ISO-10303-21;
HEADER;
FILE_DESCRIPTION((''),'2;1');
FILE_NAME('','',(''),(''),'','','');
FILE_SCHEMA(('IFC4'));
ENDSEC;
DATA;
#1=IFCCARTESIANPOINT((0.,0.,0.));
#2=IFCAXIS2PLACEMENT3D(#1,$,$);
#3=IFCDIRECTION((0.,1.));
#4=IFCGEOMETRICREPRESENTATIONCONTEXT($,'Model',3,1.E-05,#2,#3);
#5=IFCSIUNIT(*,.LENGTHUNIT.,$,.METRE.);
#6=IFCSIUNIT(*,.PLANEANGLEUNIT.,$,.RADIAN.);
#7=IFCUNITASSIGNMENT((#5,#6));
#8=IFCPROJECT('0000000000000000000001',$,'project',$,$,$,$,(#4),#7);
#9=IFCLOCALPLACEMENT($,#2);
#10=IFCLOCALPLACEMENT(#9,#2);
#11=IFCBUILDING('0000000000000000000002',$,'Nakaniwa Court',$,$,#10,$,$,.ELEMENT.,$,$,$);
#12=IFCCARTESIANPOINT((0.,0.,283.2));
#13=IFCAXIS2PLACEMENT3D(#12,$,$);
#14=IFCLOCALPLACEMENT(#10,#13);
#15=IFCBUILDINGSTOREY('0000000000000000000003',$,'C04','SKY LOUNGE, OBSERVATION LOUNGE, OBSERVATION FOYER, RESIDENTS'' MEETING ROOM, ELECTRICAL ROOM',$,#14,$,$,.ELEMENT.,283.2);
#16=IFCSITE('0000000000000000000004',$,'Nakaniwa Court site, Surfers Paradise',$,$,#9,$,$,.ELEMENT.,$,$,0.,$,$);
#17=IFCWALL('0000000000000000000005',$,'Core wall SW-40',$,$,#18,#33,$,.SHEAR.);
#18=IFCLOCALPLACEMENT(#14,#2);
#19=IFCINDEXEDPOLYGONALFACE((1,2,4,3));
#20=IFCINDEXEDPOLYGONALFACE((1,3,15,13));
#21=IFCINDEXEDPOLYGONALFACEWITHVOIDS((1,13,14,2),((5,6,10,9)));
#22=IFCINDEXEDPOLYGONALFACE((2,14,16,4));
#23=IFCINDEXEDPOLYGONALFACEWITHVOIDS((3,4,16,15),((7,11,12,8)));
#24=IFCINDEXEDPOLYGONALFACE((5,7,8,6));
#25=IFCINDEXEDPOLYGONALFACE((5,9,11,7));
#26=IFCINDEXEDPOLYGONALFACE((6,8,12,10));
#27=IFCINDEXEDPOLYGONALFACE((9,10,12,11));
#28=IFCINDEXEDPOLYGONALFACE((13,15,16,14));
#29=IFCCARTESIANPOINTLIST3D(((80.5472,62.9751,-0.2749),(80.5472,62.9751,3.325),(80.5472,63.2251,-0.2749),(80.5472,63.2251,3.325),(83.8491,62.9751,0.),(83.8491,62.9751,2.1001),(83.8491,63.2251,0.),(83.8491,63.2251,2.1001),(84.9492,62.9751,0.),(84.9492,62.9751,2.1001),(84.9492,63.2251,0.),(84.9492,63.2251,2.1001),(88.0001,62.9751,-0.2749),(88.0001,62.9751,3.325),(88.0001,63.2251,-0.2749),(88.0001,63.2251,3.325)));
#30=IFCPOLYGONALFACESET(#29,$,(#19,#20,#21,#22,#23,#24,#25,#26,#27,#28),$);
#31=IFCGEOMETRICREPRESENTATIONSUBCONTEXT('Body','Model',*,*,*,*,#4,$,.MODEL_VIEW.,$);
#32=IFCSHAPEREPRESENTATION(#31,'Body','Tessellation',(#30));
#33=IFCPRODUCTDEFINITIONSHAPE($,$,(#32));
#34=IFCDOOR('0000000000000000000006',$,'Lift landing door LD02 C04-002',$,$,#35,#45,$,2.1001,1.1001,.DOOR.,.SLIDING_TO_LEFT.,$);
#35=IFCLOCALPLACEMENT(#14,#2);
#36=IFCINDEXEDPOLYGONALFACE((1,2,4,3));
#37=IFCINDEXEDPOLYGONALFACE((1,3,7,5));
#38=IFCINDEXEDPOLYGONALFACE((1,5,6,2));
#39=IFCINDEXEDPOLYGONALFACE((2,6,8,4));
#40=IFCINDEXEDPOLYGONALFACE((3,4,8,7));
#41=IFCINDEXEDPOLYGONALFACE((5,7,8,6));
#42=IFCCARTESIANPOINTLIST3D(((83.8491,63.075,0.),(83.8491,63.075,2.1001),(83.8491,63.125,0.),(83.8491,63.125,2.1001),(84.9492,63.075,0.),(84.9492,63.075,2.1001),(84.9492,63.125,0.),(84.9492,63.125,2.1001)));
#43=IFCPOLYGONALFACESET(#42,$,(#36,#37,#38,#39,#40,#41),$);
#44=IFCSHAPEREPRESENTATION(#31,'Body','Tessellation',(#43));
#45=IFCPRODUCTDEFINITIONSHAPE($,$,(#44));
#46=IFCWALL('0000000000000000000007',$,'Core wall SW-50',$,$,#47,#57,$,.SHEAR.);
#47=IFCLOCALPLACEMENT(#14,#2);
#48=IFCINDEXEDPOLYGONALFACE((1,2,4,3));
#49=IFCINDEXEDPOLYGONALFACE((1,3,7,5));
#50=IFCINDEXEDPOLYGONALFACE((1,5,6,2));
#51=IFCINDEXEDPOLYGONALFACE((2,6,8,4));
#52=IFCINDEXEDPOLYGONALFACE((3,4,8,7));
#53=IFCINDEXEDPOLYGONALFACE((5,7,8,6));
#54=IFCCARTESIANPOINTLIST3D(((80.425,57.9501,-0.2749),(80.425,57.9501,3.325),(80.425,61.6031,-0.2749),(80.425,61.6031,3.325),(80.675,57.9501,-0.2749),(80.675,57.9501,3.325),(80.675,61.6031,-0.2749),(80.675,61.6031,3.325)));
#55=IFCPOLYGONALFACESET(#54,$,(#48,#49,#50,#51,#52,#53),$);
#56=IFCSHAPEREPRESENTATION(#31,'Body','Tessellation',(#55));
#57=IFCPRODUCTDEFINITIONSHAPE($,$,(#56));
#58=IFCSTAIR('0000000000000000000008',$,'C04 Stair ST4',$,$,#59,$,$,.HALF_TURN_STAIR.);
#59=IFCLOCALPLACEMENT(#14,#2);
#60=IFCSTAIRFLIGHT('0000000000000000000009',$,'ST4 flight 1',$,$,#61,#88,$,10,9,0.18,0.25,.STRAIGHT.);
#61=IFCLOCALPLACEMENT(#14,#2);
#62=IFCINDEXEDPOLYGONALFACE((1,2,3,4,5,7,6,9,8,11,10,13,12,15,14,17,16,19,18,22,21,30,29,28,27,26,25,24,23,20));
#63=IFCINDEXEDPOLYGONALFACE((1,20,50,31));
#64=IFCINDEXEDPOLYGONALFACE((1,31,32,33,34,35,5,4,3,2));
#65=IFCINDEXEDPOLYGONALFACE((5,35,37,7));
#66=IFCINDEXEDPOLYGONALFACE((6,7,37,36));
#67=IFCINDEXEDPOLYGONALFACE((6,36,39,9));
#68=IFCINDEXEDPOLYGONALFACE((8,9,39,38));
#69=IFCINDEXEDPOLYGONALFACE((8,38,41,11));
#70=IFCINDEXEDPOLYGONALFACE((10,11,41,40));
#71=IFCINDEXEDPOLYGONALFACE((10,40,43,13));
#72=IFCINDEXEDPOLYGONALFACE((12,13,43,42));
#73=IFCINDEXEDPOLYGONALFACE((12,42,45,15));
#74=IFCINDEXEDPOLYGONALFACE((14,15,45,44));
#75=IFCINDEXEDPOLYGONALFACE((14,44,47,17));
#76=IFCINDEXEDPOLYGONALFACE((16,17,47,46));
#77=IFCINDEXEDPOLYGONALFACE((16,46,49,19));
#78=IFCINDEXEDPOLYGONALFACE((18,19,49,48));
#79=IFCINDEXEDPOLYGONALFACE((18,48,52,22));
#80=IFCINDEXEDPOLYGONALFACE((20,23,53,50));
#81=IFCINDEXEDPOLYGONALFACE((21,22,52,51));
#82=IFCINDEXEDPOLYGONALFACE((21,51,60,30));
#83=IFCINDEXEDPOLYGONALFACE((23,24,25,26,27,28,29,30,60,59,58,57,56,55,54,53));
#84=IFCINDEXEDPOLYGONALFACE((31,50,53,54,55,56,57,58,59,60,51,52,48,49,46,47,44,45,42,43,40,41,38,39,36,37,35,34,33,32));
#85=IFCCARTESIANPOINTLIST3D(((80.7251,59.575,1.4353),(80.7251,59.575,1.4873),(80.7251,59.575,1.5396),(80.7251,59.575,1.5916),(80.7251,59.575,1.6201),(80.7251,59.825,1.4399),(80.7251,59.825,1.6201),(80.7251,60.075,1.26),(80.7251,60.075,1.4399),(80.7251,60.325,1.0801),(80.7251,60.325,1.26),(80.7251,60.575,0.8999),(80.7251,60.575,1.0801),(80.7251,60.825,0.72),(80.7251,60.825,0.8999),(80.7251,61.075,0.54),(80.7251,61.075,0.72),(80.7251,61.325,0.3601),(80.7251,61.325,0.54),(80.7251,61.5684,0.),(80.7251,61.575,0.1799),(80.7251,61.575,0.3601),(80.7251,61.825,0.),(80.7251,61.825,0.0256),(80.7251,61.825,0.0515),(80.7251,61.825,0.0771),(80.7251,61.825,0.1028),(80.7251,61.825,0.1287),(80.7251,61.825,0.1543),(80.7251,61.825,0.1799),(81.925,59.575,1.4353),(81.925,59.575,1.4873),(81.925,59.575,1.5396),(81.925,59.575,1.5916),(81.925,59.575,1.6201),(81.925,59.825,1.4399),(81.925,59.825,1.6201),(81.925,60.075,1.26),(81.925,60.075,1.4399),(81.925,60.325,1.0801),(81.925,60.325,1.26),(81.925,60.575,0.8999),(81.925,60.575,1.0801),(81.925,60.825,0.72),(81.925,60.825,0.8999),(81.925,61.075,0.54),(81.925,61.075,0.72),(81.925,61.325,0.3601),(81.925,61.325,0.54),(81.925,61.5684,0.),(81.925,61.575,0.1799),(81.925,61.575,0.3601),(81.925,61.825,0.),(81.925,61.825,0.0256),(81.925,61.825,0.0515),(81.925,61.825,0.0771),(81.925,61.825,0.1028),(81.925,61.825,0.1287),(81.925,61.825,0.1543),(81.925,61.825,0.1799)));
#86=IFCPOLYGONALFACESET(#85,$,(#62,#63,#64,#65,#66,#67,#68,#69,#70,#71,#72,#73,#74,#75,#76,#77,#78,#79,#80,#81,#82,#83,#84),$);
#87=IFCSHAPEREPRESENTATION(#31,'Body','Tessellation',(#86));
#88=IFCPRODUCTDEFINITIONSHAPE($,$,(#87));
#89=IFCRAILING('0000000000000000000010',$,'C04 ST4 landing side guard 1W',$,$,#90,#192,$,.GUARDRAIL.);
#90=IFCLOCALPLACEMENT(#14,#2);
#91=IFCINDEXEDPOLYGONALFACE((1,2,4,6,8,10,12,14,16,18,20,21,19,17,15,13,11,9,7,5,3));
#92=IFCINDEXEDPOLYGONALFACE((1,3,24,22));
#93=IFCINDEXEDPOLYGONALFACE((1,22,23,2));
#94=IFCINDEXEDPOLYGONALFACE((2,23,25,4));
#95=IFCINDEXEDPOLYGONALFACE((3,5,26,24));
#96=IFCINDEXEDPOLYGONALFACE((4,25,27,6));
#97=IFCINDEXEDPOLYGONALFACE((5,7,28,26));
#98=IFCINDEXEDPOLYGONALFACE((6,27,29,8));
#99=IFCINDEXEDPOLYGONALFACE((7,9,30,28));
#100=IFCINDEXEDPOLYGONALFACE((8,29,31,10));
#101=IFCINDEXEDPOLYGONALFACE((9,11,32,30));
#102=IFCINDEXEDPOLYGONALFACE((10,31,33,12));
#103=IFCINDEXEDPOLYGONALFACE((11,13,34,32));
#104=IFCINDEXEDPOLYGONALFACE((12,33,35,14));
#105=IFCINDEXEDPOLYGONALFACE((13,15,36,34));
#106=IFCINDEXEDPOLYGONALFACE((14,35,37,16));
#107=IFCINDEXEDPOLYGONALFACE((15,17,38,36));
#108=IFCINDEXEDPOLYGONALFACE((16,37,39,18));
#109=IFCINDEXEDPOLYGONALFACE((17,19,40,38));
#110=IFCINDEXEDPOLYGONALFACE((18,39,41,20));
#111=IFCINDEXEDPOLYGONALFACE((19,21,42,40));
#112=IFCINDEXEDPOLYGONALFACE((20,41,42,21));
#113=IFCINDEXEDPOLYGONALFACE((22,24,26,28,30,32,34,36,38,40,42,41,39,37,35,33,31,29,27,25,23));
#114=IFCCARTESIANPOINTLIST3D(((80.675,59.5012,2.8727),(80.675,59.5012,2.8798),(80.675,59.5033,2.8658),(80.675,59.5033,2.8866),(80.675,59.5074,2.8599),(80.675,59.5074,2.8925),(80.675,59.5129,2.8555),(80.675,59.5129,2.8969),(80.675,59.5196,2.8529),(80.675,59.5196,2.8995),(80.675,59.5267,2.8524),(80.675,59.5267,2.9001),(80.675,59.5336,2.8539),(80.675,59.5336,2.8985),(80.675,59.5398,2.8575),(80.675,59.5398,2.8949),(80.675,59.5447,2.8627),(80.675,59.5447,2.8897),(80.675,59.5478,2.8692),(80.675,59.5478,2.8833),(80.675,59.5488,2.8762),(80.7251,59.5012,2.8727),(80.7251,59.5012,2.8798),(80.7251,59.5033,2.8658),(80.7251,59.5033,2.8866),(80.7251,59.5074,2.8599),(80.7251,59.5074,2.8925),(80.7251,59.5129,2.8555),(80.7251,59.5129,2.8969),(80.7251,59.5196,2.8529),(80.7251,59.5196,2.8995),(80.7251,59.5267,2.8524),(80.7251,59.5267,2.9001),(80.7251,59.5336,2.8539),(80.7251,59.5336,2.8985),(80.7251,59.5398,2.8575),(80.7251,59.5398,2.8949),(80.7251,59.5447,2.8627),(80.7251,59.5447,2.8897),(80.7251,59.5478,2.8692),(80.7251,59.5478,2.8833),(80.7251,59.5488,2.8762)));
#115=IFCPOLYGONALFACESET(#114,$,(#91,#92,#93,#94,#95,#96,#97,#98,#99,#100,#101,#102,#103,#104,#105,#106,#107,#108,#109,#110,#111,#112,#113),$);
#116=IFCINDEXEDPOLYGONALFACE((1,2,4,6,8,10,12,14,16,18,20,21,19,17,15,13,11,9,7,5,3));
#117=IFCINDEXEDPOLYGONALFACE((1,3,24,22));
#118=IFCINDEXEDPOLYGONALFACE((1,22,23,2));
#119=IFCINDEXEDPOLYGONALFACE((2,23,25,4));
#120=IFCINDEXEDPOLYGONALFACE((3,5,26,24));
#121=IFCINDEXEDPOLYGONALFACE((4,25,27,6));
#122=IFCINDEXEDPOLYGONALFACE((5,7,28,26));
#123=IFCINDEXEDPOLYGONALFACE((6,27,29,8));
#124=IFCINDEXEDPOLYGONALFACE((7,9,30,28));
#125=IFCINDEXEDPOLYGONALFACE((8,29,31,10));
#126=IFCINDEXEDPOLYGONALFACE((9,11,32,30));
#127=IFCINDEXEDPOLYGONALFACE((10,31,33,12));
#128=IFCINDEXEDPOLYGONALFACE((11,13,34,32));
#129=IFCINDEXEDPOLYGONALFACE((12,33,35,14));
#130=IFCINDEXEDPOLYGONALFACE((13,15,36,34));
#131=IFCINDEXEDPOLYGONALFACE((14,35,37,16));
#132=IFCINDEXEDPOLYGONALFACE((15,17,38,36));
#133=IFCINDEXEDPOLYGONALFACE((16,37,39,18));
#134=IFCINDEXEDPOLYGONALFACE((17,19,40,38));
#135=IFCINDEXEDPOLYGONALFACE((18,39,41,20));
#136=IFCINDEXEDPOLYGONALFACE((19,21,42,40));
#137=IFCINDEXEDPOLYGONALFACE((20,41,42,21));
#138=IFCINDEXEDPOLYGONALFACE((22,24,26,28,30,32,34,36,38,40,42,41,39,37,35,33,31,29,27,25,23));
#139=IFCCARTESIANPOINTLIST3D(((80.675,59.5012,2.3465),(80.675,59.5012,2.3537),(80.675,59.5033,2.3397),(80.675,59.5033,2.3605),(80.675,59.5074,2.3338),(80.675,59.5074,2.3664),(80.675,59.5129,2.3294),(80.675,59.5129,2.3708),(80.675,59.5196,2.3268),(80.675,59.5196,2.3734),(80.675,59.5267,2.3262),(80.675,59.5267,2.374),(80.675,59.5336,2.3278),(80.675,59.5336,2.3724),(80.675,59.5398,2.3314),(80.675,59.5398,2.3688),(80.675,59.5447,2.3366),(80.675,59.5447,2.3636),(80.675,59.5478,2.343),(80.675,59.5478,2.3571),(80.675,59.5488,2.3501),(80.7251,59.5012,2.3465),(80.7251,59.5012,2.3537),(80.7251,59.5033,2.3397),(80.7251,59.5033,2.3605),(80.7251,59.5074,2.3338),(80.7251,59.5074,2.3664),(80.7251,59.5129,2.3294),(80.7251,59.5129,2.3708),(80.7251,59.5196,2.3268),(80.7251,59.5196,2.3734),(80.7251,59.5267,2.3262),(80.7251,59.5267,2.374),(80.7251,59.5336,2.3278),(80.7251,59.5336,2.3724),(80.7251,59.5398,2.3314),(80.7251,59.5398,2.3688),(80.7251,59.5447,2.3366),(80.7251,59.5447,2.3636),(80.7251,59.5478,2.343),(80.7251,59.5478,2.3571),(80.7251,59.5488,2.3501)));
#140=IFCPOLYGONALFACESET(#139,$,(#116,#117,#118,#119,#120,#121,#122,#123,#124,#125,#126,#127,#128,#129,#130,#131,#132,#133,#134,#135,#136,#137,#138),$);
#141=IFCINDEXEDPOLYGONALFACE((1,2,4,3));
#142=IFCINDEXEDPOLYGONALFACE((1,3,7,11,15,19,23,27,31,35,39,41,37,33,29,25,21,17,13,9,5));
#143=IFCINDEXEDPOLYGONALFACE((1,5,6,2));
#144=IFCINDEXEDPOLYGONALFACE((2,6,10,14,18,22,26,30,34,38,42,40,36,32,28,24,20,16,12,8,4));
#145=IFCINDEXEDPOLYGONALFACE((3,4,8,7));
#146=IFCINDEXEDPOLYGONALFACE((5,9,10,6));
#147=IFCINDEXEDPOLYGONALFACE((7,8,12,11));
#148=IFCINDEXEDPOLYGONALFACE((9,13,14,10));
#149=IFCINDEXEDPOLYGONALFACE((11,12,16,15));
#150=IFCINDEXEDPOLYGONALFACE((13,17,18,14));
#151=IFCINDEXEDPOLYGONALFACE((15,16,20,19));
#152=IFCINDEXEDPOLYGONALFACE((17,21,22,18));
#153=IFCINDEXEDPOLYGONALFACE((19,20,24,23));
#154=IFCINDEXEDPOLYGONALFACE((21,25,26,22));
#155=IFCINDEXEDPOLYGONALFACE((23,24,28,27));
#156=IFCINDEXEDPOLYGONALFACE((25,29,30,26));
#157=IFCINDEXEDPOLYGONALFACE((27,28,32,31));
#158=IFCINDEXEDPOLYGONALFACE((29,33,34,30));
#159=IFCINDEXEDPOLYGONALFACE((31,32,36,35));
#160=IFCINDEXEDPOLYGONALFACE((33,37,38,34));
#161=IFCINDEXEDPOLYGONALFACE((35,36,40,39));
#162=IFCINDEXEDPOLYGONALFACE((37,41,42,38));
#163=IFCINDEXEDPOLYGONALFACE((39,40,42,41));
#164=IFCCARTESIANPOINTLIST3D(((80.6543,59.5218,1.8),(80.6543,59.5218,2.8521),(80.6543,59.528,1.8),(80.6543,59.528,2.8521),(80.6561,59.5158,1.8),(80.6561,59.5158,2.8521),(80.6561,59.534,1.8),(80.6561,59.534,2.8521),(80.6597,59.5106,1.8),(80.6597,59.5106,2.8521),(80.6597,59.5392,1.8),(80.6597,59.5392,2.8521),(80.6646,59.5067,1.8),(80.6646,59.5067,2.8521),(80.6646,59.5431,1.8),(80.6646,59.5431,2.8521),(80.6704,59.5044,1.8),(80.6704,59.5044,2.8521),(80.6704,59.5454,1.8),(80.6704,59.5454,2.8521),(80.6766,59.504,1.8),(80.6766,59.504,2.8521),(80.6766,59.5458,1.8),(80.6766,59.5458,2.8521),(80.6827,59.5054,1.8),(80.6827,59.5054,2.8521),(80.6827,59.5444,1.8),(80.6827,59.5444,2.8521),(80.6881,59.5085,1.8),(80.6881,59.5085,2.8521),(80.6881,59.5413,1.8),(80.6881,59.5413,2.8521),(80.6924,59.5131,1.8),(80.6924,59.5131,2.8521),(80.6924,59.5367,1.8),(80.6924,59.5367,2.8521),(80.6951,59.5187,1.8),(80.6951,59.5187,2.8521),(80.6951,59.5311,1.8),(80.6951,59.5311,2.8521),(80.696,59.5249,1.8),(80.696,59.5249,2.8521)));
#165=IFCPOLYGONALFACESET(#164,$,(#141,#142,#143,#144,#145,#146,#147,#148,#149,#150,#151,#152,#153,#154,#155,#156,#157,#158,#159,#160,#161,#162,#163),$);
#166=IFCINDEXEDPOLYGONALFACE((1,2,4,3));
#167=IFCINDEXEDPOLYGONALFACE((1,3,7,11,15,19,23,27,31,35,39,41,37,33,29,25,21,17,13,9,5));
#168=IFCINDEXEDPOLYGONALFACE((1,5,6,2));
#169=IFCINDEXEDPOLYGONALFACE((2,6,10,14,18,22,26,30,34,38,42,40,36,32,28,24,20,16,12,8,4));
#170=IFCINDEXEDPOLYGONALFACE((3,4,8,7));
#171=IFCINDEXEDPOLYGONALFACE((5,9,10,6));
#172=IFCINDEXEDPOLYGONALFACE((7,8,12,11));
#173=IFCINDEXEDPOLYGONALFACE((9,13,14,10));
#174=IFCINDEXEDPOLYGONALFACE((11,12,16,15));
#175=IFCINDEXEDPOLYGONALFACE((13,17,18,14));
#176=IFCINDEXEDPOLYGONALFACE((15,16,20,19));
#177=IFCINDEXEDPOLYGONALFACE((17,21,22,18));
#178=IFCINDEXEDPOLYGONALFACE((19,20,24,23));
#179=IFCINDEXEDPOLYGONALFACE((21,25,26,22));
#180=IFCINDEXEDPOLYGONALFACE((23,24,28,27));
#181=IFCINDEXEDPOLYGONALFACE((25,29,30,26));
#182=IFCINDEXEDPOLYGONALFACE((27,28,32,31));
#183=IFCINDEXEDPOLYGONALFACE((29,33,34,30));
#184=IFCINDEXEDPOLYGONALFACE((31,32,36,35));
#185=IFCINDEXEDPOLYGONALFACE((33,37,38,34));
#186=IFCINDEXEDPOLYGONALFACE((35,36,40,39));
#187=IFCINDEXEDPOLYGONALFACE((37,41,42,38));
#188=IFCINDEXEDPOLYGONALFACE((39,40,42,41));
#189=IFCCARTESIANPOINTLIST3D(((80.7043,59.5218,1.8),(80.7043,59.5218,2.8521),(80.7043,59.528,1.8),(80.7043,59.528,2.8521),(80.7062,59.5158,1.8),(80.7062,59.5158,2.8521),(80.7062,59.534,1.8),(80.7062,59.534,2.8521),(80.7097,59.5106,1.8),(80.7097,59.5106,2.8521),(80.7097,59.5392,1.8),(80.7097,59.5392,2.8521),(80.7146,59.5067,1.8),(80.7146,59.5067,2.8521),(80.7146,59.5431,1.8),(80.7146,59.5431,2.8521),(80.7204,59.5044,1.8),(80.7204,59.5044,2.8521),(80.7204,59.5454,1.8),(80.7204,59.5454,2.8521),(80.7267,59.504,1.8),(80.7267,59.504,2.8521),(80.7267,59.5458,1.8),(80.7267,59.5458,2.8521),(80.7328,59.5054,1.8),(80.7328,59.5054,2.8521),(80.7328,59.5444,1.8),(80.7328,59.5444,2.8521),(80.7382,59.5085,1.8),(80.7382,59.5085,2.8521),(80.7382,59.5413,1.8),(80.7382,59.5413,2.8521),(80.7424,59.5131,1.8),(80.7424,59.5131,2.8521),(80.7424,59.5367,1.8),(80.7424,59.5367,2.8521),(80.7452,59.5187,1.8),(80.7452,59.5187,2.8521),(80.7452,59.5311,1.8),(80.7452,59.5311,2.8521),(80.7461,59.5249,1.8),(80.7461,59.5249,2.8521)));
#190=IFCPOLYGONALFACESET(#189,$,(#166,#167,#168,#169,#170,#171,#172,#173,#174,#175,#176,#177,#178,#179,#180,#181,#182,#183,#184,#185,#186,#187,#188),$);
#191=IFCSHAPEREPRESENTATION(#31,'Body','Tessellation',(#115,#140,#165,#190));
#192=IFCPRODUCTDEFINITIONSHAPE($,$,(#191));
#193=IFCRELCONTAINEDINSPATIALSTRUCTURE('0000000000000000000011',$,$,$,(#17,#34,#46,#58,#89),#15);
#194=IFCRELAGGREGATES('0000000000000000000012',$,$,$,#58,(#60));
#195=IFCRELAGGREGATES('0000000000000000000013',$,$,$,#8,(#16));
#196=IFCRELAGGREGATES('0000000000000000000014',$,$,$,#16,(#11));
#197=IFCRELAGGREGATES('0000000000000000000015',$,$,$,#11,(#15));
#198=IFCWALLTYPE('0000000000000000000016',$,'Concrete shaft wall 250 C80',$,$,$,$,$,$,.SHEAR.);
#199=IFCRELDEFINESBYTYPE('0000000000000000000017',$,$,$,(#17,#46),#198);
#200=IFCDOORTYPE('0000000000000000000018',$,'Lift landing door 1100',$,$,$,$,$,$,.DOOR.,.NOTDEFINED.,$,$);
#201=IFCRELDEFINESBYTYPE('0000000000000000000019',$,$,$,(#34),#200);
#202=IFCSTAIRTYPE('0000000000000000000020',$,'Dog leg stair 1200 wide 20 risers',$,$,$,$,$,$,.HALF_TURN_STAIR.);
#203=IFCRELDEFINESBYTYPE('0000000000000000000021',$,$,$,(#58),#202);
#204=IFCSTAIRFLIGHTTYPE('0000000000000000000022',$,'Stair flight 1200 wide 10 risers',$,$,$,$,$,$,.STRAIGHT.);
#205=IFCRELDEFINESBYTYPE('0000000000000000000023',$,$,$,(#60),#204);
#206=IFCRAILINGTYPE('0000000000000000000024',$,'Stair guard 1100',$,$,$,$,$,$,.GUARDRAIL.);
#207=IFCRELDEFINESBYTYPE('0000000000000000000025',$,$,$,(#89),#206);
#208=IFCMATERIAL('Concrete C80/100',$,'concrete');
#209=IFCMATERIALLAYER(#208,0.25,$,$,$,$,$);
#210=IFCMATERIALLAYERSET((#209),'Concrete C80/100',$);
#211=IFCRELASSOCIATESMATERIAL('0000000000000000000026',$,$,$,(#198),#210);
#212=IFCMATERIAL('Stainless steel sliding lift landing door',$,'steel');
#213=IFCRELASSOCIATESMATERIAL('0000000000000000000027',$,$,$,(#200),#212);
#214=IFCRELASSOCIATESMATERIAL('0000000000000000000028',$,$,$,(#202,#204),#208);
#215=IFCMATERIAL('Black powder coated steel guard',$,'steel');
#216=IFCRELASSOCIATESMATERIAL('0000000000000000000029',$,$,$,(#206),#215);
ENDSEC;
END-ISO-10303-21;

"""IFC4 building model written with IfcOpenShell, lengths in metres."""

from ifc_helpers import new_model, si_unit, direction, frame, frame_2d, origin, origin_2d, place, context, subcontext, project, spatial, polyline, rectangle, circle, outline, extrude, material, layer, layer_set, type_object, element, fill, aggregate, save


model = new_model("IFC4")

# Units and contexts
model_context = context("Model", 3, precision=1e-05, world=origin(), true_north=direction((0.0, 1.0)))
body_context = subcontext(model_context, "Body", "Model", "MODEL_VIEW")
ifc_project = project(units=[si_unit("LENGTHUNIT", "METRE"), si_unit("PLANEANGLEUNIT", "RADIAN")], contexts=[model_context])

# Site, building, storey
site_placement = place(None, origin())
site = spatial("IfcSite", under=ifc_project, at=site_placement, Name="Nakaniwa Court site, Surfers Paradise", CompositionType="ELEMENT", RefElevation=0.0)
building_placement = place(site_placement, origin())
building = spatial("IfcBuilding", under=site, at=building_placement, Name="Nakaniwa Court", CompositionType="ELEMENT")
storey_placement = place(building_placement, frame((0.0, 0.0, 283.2)))
storey = spatial("IfcBuildingStorey", under=building, at=storey_placement, Name="C04", Description="SKY LOUNGE, OBSERVATION LOUNGE, OBSERVATION FOYER, RESIDENTS' MEETING ROOM, ELECTRICAL ROOM", CompositionType="ELEMENT", Elevation=283.2)

# Shared definitions
ifc_material_1 = material(Name="Concrete C80/100", Category="concrete")

# Wall, opening, door
ifc_layer_1 = layer(ifc_material_1, 0.25)
ifc_layer_set_1 = layer_set([ifc_layer_1], Name="Concrete C80/100")
wall_type_1 = type_object("IfcWallType", Name="Concrete shaft wall 250 C80", PredefinedType="SHEAR", material=ifc_layer_set_1)
wall_1_placement = place(storey_placement, frame((80.5471, 63.1001, -0.2749), z_axis=(0.0, 0.0, 1.0), x_axis=(1.0, 0.0, 0.0)))
wall_1 = element("IfcWall", 1, at=wall_1_placement, inside=storey, type_object=wall_type_1, Name="Core wall SW-40", PredefinedType="SHEAR", context=body_context, shape_type="SweptSolid", body=[
    extrude(rectangle(XDim=7.4529, YDim=0.25, at=frame_2d((3.7266, 0.0))), origin(), (0.0, 0.0, 1.0), 3.5999),
])
opening_1_placement = place(wall_1_placement, frame((3.302, 0.0, 0.2749)))
opening_1 = element("IfcOpeningElement", 2, at=opening_1_placement, cuts=wall_1, PredefinedType="OPENING", context=body_context, shape_type="SweptSolid", body=[
    extrude(rectangle(XDim=1.1001, YDim=2.1001, at=frame_2d((0.55, 1.05))), frame((0.0, 0.135, 0.0), z_axis=(0.0, -1.0, 0.0), x_axis=(1.0, 0.0, 0.0)), (0.0, 0.0, 1.0), 0.27),
])
ifc_material_2 = material(Name="Stainless steel sliding lift landing door", Category="steel")
door_type_1 = type_object("IfcDoorType", Name="Lift landing door 1100", OperationType="NOTDEFINED", PredefinedType="DOOR", material=ifc_material_2)
door_1_placement = place(opening_1_placement, origin())
door_1 = element("IfcDoor", 3, at=door_1_placement, inside=storey, type_object=door_type_1, Name="Lift landing door LD02 C04-002", OperationType="SLIDING_TO_LEFT", OverallHeight=2.1001, OverallWidth=1.1001, PredefinedType="DOOR", context=body_context, shape_type="SweptSolid", body=[
    extrude(rectangle(XDim=1.1001, YDim=2.1001, at=frame_2d((0.55, 1.05))), frame((0.0, 0.0249, 0.0), z_axis=(0.0, -1.0, 0.0), x_axis=(1.0, 0.0, 0.0)), (0.0, 0.0, 1.0), 0.05),
])
fill(opening_1, door_1)

# Wall
wall_2_placement = place(storey_placement, frame((80.55, 57.95, -0.2749), z_axis=(0.0, 0.0, 1.0), x_axis=(0.0, 1.0, 0.0)))
element("IfcWall", 4, at=wall_2_placement, inside=storey, type_object=wall_type_1, Name="Core wall SW-50", PredefinedType="SHEAR", context=body_context, shape_type="SweptSolid", body=[
    extrude(rectangle(XDim=3.6531, YDim=0.25, at=frame_2d((1.8267, 0.0))), origin(), (0.0, 0.0, 1.0), 3.5999),
])

# Stair, stair flight
stair_type = type_object("IfcStairType", Name="Dog leg stair 1200 wide 20 risers", PredefinedType="HALF_TURN_STAIR", material=ifc_material_1)
stair_placement = place(storey_placement, origin())
stair = element("IfcStair", 5, at=stair_placement, inside=storey, type_object=stair_type, Name="C04 Stair ST4", PredefinedType="HALF_TURN_STAIR")
stair_flight_type = type_object("IfcStairFlightType", Name="Stair flight 1200 wide 10 risers", PredefinedType="STRAIGHT", material=ifc_material_1)
stair_flight_placement = place(storey_placement, frame((81.325, 61.825, 0.0), z_axis=(0.0, 0.0, 1.0), x_axis=(0.0, -1.0, 0.0)))
stair_flight = element("IfcStairFlight", 6, at=stair_flight_placement, type_object=stair_flight_type, Name="ST4 flight 1", NumberOfRisers=10, NumberOfTreads=9, PredefinedType="STRAIGHT", RiserHeight=0.18, TreadLength=0.25, context=body_context, shape_type="SweptSolid", body=[
    extrude(outline(polyline([(0.0, 0.0), (0.0, 0.0256), (0.0, 0.0515), (0.0, 0.0771), (0.0, 0.1028), (0.0, 0.1287), (0.0, 0.1543), (0.0, 0.1799), (0.25, 0.1799), (0.25, 0.3601), (0.5, 0.3601), (0.5, 0.54), (0.75, 0.54), (0.75, 0.72), (1.0, 0.72), (1.0, 0.8999), (1.25, 0.8999), (1.25, 1.0801), (1.5, 1.0801), (1.5, 1.26), (1.75, 1.26), (1.75, 1.4399), (2.0, 1.4399), (2.0, 1.6201), (2.25, 1.6201), (2.25, 1.8), (2.25, 1.7478), (2.25, 1.6958), (2.25, 1.6438), (2.25, 1.5916), (2.25, 1.5396), (2.25, 1.4873), (2.25, 1.4353), (0.2566, 0.0), (0.0, 0.0)])), frame((0.0, 0.6001, 0.0), z_axis=(0.0, -1.0, 0.0), x_axis=(1.0, 0.0, 0.0)), (0.0, 0.0, 1.0), 1.2),
])
aggregate(stair, [stair_flight])

# Railing
ifc_material_3 = material(Name="Black powder coated steel guard", Category="steel")
railing_type_1 = type_object("IfcRailingType", Name="Stair guard 1100", PredefinedType="GUARDRAIL", material=ifc_material_3)
for number, where, name in (
    (7, (80.675, 59.5249, 1.8), "C04 ST4 landing side guard 1W"),
):
    element("IfcRailing", number, at=place(storey_placement, frame(where)), inside=storey, type_object=railing_type_1, Name=name, PredefinedType="GUARDRAIL", context=body_context, shape_type="SweptSolid", body=[
        extrude(circle(Radius=0.0239, at=origin_2d()), frame((0.0, 0.0, 1.0762), z_axis=(1.0, 0.0, 0.0), x_axis=(0.0, 1.0, 0.0)), (0.0, 0.0, 1.0), 0.05),
        extrude(circle(Radius=0.0239, at=origin_2d()), frame((0.0, 0.0, 0.55), z_axis=(1.0, 0.0, 0.0), x_axis=(0.0, 1.0, 0.0)), (0.0, 0.0, 1.0), 0.05),
        extrude(circle(Radius=0.021, at=origin_2d()), origin(), (0.0, 0.0, 1.0), 1.052),
        extrude(circle(Radius=0.021, at=origin_2d()), frame((0.05, 0.0, 0.0)), (0.0, 0.0, 1.0), 1.052),
    ])

save(model, "model.ifc")
